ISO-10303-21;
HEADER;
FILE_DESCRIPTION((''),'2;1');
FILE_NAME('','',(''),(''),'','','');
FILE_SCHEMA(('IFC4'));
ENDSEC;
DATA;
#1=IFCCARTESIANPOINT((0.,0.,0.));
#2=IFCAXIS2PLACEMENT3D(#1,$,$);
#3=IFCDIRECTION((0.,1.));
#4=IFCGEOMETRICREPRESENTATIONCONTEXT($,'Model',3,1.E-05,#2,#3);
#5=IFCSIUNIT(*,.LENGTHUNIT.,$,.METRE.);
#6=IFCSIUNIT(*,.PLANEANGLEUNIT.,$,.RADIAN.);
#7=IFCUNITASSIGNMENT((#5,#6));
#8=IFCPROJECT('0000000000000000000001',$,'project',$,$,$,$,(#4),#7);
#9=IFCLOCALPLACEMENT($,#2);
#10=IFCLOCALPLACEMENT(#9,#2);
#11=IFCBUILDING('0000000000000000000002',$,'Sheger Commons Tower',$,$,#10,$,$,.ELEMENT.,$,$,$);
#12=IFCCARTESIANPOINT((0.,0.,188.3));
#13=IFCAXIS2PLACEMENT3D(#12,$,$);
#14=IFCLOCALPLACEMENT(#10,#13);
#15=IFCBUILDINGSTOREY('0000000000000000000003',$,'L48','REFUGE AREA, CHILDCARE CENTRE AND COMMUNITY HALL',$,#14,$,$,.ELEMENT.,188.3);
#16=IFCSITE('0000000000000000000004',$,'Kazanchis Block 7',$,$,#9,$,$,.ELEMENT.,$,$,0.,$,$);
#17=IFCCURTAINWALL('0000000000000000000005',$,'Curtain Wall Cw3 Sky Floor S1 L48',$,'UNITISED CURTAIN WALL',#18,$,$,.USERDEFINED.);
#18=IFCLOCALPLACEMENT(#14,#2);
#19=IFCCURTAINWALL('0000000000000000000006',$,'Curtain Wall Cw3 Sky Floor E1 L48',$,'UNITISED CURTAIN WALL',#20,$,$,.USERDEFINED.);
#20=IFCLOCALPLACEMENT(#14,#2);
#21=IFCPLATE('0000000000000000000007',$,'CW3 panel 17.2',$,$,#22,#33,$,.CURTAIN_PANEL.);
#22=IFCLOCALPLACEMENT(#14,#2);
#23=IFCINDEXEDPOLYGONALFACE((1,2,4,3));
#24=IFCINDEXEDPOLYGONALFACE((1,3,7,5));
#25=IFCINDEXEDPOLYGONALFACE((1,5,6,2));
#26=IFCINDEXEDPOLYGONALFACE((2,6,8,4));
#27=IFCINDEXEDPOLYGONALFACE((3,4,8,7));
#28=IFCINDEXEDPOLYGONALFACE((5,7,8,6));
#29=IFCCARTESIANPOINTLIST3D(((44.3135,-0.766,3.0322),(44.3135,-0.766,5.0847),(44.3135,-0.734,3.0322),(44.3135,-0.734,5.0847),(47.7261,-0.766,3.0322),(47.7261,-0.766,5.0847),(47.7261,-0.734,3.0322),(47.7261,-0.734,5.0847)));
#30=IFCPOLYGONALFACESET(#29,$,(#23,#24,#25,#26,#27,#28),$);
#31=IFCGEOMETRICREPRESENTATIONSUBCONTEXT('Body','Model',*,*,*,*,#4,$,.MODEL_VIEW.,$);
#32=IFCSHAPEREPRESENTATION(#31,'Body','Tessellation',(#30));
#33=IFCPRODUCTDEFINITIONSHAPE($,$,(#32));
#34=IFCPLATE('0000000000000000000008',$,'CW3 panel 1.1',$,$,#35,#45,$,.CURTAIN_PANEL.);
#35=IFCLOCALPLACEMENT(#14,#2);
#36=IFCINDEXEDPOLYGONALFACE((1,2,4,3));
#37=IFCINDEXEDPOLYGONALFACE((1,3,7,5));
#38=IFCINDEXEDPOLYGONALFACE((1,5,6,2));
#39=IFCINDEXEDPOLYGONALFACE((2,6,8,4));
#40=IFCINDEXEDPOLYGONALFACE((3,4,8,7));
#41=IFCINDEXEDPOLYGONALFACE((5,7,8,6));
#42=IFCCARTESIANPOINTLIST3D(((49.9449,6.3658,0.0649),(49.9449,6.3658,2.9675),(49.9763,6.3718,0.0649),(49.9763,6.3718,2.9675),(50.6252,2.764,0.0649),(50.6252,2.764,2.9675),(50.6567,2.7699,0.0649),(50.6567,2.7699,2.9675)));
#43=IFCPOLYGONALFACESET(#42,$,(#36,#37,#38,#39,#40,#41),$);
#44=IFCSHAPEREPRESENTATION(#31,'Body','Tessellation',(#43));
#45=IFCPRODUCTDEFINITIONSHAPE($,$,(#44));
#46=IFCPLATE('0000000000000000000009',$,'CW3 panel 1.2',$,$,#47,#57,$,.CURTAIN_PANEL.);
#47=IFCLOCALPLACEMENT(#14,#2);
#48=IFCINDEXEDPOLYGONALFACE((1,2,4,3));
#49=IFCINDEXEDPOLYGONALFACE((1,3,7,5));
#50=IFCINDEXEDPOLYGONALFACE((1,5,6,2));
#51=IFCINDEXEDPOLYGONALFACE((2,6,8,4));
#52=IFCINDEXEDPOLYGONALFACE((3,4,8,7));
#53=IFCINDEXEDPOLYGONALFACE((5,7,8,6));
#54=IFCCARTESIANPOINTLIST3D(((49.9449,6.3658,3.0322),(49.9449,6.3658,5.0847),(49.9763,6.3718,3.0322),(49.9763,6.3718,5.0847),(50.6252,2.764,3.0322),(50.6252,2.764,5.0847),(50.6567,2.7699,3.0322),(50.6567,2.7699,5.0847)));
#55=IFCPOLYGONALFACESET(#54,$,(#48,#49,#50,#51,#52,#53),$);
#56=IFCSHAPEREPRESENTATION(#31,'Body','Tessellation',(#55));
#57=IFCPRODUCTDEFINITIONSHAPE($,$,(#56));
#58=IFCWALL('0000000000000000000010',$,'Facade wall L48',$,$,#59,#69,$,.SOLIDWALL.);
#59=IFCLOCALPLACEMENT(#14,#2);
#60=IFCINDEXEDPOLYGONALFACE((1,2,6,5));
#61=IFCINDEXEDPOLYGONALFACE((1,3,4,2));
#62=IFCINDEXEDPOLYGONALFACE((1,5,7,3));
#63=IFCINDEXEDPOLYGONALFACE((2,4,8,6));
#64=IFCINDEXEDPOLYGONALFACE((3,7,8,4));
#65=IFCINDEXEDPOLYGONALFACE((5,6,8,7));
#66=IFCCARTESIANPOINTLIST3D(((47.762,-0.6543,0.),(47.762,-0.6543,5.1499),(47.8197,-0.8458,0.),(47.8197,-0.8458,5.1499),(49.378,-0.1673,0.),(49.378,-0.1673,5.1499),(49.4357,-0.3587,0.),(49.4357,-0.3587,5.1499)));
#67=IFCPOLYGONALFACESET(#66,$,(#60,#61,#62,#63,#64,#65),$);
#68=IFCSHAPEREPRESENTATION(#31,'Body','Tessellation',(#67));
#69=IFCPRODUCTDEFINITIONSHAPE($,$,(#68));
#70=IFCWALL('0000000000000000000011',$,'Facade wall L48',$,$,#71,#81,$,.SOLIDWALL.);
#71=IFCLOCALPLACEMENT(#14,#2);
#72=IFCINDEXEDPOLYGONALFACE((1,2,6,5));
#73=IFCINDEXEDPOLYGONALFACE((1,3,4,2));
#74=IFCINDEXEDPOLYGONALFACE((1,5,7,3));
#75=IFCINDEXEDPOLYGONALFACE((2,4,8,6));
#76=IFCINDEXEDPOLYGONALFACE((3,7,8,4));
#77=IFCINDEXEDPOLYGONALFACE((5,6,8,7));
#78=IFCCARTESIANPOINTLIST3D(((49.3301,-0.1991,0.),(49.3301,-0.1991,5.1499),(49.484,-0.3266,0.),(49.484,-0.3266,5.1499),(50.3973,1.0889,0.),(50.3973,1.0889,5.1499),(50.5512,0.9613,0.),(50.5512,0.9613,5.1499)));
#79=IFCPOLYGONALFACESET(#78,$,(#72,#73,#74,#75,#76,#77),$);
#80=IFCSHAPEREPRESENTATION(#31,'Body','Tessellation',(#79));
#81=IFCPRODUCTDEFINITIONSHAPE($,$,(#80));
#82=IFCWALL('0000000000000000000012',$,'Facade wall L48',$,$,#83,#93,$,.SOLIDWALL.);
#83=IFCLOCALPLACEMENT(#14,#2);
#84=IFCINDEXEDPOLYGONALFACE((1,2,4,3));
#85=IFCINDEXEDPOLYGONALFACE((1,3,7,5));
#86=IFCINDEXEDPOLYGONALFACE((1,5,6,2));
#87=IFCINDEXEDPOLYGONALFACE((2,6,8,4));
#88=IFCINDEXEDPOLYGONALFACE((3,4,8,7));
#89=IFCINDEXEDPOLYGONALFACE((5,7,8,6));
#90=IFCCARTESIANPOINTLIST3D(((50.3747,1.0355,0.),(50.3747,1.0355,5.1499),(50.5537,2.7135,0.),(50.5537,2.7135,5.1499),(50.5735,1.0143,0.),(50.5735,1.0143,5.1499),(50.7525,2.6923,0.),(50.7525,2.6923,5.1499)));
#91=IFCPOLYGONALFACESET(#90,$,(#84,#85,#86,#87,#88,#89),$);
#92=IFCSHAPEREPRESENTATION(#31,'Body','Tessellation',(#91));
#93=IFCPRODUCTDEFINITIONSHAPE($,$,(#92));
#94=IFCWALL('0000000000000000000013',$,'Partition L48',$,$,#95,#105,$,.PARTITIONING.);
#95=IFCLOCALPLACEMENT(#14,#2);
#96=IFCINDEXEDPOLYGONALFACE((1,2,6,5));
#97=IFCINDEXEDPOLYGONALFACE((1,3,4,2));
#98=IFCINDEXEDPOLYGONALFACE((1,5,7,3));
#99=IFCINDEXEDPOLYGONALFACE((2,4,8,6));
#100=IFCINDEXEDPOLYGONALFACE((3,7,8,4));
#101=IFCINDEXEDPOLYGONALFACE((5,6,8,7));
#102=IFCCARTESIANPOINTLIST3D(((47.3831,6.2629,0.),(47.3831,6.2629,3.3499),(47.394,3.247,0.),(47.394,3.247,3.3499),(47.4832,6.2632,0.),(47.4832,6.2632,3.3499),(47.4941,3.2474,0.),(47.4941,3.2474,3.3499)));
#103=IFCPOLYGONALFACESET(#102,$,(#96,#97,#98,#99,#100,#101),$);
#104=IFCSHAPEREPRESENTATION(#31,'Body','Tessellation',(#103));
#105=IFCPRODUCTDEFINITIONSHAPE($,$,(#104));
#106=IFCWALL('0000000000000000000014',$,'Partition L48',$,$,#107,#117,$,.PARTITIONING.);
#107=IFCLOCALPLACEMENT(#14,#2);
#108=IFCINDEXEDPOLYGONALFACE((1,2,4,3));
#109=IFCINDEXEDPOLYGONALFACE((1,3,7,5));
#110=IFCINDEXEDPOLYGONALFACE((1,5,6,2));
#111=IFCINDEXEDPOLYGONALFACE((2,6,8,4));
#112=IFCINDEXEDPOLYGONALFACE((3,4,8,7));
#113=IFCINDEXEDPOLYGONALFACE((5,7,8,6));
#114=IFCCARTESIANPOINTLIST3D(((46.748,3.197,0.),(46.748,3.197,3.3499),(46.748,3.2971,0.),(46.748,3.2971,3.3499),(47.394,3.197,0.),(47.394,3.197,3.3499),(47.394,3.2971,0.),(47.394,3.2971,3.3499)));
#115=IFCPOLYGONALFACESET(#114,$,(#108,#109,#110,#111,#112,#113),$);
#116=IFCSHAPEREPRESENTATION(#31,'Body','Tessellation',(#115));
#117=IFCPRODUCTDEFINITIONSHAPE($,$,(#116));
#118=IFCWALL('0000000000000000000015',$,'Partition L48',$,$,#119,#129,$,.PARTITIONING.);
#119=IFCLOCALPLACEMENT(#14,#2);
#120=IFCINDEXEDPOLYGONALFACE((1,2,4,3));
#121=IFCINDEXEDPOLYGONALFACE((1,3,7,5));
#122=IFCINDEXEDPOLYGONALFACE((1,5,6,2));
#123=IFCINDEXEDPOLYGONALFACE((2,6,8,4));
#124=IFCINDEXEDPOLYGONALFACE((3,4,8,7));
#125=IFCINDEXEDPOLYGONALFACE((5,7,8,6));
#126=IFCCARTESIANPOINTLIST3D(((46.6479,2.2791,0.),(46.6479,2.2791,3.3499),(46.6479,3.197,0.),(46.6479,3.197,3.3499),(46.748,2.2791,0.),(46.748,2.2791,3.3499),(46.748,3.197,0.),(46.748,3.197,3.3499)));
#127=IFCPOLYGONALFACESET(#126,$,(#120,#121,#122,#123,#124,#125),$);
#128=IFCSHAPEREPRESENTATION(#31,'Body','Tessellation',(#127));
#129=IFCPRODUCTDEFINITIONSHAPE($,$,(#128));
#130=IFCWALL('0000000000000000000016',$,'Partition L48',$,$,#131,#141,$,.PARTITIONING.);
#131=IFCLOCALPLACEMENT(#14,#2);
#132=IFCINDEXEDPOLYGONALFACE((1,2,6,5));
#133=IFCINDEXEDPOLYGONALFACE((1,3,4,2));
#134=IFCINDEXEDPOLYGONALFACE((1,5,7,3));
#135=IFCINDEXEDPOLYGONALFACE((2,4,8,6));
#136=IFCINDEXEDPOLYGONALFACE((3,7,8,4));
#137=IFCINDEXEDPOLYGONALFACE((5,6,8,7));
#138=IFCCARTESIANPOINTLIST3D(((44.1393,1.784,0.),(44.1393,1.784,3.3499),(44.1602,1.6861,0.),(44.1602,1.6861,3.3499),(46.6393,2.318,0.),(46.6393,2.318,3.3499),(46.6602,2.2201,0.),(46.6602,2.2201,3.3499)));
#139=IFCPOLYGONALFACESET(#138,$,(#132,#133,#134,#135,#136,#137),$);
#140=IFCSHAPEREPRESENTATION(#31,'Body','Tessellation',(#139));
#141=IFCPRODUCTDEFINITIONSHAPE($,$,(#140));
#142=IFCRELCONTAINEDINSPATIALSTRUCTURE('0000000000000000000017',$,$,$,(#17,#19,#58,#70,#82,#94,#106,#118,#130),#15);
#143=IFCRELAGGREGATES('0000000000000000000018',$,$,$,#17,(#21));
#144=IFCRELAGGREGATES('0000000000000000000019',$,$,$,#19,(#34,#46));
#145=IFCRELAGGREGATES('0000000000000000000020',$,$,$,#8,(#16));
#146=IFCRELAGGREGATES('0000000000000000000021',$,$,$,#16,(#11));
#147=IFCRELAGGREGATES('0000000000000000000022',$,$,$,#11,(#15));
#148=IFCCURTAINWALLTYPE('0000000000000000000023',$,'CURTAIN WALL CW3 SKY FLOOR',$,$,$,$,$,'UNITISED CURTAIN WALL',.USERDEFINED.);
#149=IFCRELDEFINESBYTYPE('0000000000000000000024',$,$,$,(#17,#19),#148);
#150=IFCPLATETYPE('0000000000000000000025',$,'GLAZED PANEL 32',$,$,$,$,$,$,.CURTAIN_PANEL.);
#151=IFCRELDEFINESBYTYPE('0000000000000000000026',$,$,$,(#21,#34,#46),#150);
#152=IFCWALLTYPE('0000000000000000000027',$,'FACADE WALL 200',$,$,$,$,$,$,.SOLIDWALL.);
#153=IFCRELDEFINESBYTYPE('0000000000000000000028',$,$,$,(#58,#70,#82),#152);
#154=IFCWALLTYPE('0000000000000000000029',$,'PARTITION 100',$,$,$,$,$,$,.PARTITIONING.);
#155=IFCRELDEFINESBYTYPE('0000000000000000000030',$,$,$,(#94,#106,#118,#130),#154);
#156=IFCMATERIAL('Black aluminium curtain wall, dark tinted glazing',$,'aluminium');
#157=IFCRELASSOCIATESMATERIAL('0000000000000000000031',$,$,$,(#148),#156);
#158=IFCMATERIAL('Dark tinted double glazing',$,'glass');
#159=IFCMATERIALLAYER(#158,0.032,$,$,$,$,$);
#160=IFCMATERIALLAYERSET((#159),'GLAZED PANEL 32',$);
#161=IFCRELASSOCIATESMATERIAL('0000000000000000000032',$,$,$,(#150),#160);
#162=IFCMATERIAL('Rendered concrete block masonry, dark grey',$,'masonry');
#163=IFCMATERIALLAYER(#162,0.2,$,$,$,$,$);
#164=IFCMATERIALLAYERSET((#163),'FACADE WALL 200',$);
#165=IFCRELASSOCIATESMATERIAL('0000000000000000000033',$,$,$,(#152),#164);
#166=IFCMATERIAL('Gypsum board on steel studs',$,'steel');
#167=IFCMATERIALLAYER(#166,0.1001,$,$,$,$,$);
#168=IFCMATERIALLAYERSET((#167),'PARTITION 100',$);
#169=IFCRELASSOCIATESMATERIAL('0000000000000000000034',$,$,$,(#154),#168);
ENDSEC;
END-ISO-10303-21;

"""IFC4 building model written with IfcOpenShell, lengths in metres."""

from ifc_helpers import new_model, si_unit, direction, frame, frame_2d, origin, origin_2d, place, context, subcontext, project, spatial, rectangle, extrude, material, layer, layer_set, type_object, element, aggregate, save


model = new_model("IFC4")

# Units and contexts
model_context = context("Model", 3, precision=1e-05, world=origin(), true_north=direction((0.0, 1.0)))
body_context = subcontext(model_context, "Body", "Model", "MODEL_VIEW")
ifc_project = project(units=[si_unit("LENGTHUNIT", "METRE"), si_unit("PLANEANGLEUNIT", "RADIAN")], contexts=[model_context])

# Site, building, storey
site_placement = place(None, origin())
site = spatial("IfcSite", under=ifc_project, at=site_placement, Name="Kazanchis Block 7", CompositionType="ELEMENT", RefElevation=0.0)
building_placement = place(site_placement, origin())
building = spatial("IfcBuilding", under=site, at=building_placement, Name="Sheger Commons Tower", CompositionType="ELEMENT")
storey_placement = place(building_placement, frame((0.0, 0.0, 188.3)))
storey = spatial("IfcBuildingStorey", under=building, at=storey_placement, Name="L48", Description="REFUGE AREA, CHILDCARE CENTRE AND COMMUNITY HALL", CompositionType="ELEMENT", Elevation=188.3)

# Curtain wall
ifc_material_1 = material(Name="Black aluminium curtain wall, dark tinted glazing", Category="aluminium")
curtain_wall_type = type_object("IfcCurtainWallType", Name="CURTAIN WALL CW3 SKY FLOOR", ElementType="UNITISED CURTAIN WALL", PredefinedType="USERDEFINED", material=ifc_material_1)
curtain_wall_1_placement = place(storey_placement, origin())
curtain_wall_1 = element("IfcCurtainWall", 1, at=curtain_wall_1_placement, inside=storey, type_object=curtain_wall_type, Name="Curtain Wall Cw3 Sky Floor S1 L48", ObjectType="UNITISED CURTAIN WALL", PredefinedType="USERDEFINED")

# Curtain wall
curtain_wall_2_placement = place(storey_placement, origin())
curtain_wall_2 = element("IfcCurtainWall", 2, at=curtain_wall_2_placement, inside=storey, type_object=curtain_wall_type, Name="Curtain Wall Cw3 Sky Floor E1 L48", ObjectType="UNITISED CURTAIN WALL", PredefinedType="USERDEFINED")

# Plates
ifc_material_2 = material(Name="Dark tinted double glazing", Category="glass")
ifc_layer_1 = layer(ifc_material_2, 0.032)
ifc_layer_set_1 = layer_set([ifc_layer_1], Name="GLAZED PANEL 32")
plate_type = type_object("IfcPlateType", Name="GLAZED PANEL 32", PredefinedType="CURTAIN_PANEL", material=ifc_layer_set_1)
plate_1_placement = place(storey_placement, frame((46.0198, -0.75, 3.0322), z_axis=(0.0, 0.0, 1.0), x_axis=(1.0, 0.0, 0.0)))
plate_1 = element("IfcPlate", 3, at=plate_1_placement, type_object=plate_type, Name="CW3 panel 17.2", PredefinedType="CURTAIN_PANEL", context=body_context, shape_type="SweptSolid", body=[
    extrude(rectangle(XDim=3.4126, YDim=0.032, at=origin_2d()), origin(), (0.0, 0.0, 1.0), 2.0525),
])
aggregate(curtain_wall_1, [plate_1])
plate_2_placement = place(storey_placement, frame((50.3008, 4.5679, 0.0649), z_axis=(0.0, 0.0, 1.0), x_axis=(-0.18561, 0.982624, 0.0)))
plate_2 = element("IfcPlate", 4, at=plate_2_placement, type_object=plate_type, Name="CW3 panel 1.1", PredefinedType="CURTAIN_PANEL", context=body_context, shape_type="SweptSolid", body=[
    extrude(rectangle(XDim=3.6655, YDim=0.032, at=origin_2d()), origin(), (0.0, 0.0, 1.0), 2.9026),
])
plate_3_placement = place(storey_placement, frame((50.3008, 4.5679, 3.0322), z_axis=(0.0, 0.0, 1.0), x_axis=(-0.18561, 0.982624, 0.0)))
plate_3 = element("IfcPlate", 5, at=plate_3_placement, type_object=plate_type, Name="CW3 panel 1.2", PredefinedType="CURTAIN_PANEL", context=body_context, shape_type="SweptSolid", body=[
    extrude(rectangle(XDim=3.6655, YDim=0.032, at=origin_2d()), origin(), (0.0, 0.0, 1.0), 2.0525),
])
aggregate(curtain_wall_2, [plate_2, plate_3])

# Walls
ifc_material_3 = material(Name="Rendered concrete block masonry, dark grey", Category="masonry")
ifc_layer_2 = layer(ifc_material_3, 0.2)
ifc_layer_set_2 = layer_set([ifc_layer_2], Name="FACADE WALL 200")
wall_type_1 = type_object("IfcWallType", Name="FACADE WALL 200", PredefinedType="SOLIDWALL", material=ifc_layer_set_2)
wall_1_placement = place(storey_placement, frame((47.791, -0.75, 0.0), z_axis=(0.0, 0.0, 1.0), x_axis=(0.957455, 0.288582, 0.0)))
element("IfcWall", 6, at=wall_1_placement, inside=storey, type_object=wall_type_1, Name="Facade wall L48", PredefinedType="SOLIDWALL", context=body_context, shape_type="SweptSolid", body=[
    extrude(rectangle(XDim=1.6877, YDim=0.2, at=frame_2d((0.8438, 0.0))), origin(), (0.0, 0.0, 1.0), 5.1499),
])
wall_2_placement = place(storey_placement, frame((49.407, -0.2629, 0.0), z_axis=(0.0, 0.0, 1.0), x_axis=(0.638043, 0.770001, 0.0)))
element("IfcWall", 7, at=wall_2_placement, inside=storey, type_object=wall_type_1, Name="Facade wall L48", PredefinedType="SOLIDWALL", context=body_context, shape_type="SweptSolid", body=[
    extrude(rectangle(XDim=1.6726, YDim=0.2, at=frame_2d((0.8364, 0.0))), origin(), (0.0, 0.0, 1.0), 5.1499),
])
wall_3_placement = place(storey_placement, frame((50.4741, 1.0249, 0.0), z_axis=(0.0, 0.0, 1.0), x_axis=(0.106048, 0.994361, 0.0)))
element("IfcWall", 8, at=wall_3_placement, inside=storey, type_object=wall_type_1, Name="Facade wall L48", PredefinedType="SOLIDWALL", context=body_context, shape_type="SweptSolid", body=[
    extrude(rectangle(XDim=1.6875, YDim=0.2, at=frame_2d((0.8438, 0.0))), origin(), (0.0, 0.0, 1.0), 5.1499),
])
ifc_material_4 = material(Name="Gypsum board on steel studs", Category="steel")
ifc_layer_3 = layer(ifc_material_4, 0.1001)
ifc_layer_set_3 = layer_set([ifc_layer_3], Name="PARTITION 100")
wall_type_2 = type_object("IfcWallType", Name="PARTITION 100", PredefinedType="PARTITIONING", material=ifc_layer_set_3)
wall_4_placement = place(storey_placement, frame((47.4331, 6.2629, 0.0), z_axis=(0.0, 0.0, 1.0), x_axis=(0.003643, -0.999993, 0.0)))
element("IfcWall", 9, at=wall_4_placement, inside=storey, type_object=wall_type_2, Name="Partition L48", PredefinedType="PARTITIONING", context=body_context, shape_type="SweptSolid", body=[
    extrude(rectangle(XDim=3.0159, YDim=0.1001, at=frame_2d((1.5078, 0.0))), origin(), (0.0, 0.0, 1.0), 3.3499),
])
wall_5_placement = place(storey_placement, frame((47.394, 3.2471, 0.0), z_axis=(0.0, 0.0, 1.0), x_axis=(-1.0, 0.0, 0.0)))
element("IfcWall", 10, at=wall_5_placement, inside=storey, type_object=wall_type_2, Name="Partition L48", PredefinedType="PARTITIONING", context=body_context, shape_type="SweptSolid", body=[
    extrude(rectangle(XDim=0.646, YDim=0.1001, at=frame_2d((0.323, 0.0))), origin(), (0.0, 0.0, 1.0), 3.3499),
])
wall_6_placement = place(storey_placement, frame((46.698, 3.197, 0.0), z_axis=(0.0, 0.0, 1.0), x_axis=(0.0, -1.0, 0.0)))
element("IfcWall", 11, at=wall_6_placement, inside=storey, type_object=wall_type_2, Name="Partition L48", PredefinedType="PARTITIONING", context=body_context, shape_type="SweptSolid", body=[
    extrude(rectangle(XDim=0.918, YDim=0.1001, at=frame_2d((0.459, 0.0))), origin(), (0.0, 0.0, 1.0), 3.3499),
])
wall_7_placement = place(storey_placement, frame((46.6499, 2.269, 0.0), z_axis=(0.0, 0.0, 1.0), x_axis=(-0.977945, -0.208864, 0.0)))
element("IfcWall", 12, at=wall_7_placement, inside=storey, type_object=wall_type_2, Name="Partition L48", PredefinedType="PARTITIONING", context=body_context, shape_type="SweptSolid", body=[
    extrude(rectangle(XDim=2.5564, YDim=0.1001, at=frame_2d((1.2783, 0.0))), origin(), (0.0, 0.0, 1.0), 3.3499),
])

save(model, "model.ifc")
